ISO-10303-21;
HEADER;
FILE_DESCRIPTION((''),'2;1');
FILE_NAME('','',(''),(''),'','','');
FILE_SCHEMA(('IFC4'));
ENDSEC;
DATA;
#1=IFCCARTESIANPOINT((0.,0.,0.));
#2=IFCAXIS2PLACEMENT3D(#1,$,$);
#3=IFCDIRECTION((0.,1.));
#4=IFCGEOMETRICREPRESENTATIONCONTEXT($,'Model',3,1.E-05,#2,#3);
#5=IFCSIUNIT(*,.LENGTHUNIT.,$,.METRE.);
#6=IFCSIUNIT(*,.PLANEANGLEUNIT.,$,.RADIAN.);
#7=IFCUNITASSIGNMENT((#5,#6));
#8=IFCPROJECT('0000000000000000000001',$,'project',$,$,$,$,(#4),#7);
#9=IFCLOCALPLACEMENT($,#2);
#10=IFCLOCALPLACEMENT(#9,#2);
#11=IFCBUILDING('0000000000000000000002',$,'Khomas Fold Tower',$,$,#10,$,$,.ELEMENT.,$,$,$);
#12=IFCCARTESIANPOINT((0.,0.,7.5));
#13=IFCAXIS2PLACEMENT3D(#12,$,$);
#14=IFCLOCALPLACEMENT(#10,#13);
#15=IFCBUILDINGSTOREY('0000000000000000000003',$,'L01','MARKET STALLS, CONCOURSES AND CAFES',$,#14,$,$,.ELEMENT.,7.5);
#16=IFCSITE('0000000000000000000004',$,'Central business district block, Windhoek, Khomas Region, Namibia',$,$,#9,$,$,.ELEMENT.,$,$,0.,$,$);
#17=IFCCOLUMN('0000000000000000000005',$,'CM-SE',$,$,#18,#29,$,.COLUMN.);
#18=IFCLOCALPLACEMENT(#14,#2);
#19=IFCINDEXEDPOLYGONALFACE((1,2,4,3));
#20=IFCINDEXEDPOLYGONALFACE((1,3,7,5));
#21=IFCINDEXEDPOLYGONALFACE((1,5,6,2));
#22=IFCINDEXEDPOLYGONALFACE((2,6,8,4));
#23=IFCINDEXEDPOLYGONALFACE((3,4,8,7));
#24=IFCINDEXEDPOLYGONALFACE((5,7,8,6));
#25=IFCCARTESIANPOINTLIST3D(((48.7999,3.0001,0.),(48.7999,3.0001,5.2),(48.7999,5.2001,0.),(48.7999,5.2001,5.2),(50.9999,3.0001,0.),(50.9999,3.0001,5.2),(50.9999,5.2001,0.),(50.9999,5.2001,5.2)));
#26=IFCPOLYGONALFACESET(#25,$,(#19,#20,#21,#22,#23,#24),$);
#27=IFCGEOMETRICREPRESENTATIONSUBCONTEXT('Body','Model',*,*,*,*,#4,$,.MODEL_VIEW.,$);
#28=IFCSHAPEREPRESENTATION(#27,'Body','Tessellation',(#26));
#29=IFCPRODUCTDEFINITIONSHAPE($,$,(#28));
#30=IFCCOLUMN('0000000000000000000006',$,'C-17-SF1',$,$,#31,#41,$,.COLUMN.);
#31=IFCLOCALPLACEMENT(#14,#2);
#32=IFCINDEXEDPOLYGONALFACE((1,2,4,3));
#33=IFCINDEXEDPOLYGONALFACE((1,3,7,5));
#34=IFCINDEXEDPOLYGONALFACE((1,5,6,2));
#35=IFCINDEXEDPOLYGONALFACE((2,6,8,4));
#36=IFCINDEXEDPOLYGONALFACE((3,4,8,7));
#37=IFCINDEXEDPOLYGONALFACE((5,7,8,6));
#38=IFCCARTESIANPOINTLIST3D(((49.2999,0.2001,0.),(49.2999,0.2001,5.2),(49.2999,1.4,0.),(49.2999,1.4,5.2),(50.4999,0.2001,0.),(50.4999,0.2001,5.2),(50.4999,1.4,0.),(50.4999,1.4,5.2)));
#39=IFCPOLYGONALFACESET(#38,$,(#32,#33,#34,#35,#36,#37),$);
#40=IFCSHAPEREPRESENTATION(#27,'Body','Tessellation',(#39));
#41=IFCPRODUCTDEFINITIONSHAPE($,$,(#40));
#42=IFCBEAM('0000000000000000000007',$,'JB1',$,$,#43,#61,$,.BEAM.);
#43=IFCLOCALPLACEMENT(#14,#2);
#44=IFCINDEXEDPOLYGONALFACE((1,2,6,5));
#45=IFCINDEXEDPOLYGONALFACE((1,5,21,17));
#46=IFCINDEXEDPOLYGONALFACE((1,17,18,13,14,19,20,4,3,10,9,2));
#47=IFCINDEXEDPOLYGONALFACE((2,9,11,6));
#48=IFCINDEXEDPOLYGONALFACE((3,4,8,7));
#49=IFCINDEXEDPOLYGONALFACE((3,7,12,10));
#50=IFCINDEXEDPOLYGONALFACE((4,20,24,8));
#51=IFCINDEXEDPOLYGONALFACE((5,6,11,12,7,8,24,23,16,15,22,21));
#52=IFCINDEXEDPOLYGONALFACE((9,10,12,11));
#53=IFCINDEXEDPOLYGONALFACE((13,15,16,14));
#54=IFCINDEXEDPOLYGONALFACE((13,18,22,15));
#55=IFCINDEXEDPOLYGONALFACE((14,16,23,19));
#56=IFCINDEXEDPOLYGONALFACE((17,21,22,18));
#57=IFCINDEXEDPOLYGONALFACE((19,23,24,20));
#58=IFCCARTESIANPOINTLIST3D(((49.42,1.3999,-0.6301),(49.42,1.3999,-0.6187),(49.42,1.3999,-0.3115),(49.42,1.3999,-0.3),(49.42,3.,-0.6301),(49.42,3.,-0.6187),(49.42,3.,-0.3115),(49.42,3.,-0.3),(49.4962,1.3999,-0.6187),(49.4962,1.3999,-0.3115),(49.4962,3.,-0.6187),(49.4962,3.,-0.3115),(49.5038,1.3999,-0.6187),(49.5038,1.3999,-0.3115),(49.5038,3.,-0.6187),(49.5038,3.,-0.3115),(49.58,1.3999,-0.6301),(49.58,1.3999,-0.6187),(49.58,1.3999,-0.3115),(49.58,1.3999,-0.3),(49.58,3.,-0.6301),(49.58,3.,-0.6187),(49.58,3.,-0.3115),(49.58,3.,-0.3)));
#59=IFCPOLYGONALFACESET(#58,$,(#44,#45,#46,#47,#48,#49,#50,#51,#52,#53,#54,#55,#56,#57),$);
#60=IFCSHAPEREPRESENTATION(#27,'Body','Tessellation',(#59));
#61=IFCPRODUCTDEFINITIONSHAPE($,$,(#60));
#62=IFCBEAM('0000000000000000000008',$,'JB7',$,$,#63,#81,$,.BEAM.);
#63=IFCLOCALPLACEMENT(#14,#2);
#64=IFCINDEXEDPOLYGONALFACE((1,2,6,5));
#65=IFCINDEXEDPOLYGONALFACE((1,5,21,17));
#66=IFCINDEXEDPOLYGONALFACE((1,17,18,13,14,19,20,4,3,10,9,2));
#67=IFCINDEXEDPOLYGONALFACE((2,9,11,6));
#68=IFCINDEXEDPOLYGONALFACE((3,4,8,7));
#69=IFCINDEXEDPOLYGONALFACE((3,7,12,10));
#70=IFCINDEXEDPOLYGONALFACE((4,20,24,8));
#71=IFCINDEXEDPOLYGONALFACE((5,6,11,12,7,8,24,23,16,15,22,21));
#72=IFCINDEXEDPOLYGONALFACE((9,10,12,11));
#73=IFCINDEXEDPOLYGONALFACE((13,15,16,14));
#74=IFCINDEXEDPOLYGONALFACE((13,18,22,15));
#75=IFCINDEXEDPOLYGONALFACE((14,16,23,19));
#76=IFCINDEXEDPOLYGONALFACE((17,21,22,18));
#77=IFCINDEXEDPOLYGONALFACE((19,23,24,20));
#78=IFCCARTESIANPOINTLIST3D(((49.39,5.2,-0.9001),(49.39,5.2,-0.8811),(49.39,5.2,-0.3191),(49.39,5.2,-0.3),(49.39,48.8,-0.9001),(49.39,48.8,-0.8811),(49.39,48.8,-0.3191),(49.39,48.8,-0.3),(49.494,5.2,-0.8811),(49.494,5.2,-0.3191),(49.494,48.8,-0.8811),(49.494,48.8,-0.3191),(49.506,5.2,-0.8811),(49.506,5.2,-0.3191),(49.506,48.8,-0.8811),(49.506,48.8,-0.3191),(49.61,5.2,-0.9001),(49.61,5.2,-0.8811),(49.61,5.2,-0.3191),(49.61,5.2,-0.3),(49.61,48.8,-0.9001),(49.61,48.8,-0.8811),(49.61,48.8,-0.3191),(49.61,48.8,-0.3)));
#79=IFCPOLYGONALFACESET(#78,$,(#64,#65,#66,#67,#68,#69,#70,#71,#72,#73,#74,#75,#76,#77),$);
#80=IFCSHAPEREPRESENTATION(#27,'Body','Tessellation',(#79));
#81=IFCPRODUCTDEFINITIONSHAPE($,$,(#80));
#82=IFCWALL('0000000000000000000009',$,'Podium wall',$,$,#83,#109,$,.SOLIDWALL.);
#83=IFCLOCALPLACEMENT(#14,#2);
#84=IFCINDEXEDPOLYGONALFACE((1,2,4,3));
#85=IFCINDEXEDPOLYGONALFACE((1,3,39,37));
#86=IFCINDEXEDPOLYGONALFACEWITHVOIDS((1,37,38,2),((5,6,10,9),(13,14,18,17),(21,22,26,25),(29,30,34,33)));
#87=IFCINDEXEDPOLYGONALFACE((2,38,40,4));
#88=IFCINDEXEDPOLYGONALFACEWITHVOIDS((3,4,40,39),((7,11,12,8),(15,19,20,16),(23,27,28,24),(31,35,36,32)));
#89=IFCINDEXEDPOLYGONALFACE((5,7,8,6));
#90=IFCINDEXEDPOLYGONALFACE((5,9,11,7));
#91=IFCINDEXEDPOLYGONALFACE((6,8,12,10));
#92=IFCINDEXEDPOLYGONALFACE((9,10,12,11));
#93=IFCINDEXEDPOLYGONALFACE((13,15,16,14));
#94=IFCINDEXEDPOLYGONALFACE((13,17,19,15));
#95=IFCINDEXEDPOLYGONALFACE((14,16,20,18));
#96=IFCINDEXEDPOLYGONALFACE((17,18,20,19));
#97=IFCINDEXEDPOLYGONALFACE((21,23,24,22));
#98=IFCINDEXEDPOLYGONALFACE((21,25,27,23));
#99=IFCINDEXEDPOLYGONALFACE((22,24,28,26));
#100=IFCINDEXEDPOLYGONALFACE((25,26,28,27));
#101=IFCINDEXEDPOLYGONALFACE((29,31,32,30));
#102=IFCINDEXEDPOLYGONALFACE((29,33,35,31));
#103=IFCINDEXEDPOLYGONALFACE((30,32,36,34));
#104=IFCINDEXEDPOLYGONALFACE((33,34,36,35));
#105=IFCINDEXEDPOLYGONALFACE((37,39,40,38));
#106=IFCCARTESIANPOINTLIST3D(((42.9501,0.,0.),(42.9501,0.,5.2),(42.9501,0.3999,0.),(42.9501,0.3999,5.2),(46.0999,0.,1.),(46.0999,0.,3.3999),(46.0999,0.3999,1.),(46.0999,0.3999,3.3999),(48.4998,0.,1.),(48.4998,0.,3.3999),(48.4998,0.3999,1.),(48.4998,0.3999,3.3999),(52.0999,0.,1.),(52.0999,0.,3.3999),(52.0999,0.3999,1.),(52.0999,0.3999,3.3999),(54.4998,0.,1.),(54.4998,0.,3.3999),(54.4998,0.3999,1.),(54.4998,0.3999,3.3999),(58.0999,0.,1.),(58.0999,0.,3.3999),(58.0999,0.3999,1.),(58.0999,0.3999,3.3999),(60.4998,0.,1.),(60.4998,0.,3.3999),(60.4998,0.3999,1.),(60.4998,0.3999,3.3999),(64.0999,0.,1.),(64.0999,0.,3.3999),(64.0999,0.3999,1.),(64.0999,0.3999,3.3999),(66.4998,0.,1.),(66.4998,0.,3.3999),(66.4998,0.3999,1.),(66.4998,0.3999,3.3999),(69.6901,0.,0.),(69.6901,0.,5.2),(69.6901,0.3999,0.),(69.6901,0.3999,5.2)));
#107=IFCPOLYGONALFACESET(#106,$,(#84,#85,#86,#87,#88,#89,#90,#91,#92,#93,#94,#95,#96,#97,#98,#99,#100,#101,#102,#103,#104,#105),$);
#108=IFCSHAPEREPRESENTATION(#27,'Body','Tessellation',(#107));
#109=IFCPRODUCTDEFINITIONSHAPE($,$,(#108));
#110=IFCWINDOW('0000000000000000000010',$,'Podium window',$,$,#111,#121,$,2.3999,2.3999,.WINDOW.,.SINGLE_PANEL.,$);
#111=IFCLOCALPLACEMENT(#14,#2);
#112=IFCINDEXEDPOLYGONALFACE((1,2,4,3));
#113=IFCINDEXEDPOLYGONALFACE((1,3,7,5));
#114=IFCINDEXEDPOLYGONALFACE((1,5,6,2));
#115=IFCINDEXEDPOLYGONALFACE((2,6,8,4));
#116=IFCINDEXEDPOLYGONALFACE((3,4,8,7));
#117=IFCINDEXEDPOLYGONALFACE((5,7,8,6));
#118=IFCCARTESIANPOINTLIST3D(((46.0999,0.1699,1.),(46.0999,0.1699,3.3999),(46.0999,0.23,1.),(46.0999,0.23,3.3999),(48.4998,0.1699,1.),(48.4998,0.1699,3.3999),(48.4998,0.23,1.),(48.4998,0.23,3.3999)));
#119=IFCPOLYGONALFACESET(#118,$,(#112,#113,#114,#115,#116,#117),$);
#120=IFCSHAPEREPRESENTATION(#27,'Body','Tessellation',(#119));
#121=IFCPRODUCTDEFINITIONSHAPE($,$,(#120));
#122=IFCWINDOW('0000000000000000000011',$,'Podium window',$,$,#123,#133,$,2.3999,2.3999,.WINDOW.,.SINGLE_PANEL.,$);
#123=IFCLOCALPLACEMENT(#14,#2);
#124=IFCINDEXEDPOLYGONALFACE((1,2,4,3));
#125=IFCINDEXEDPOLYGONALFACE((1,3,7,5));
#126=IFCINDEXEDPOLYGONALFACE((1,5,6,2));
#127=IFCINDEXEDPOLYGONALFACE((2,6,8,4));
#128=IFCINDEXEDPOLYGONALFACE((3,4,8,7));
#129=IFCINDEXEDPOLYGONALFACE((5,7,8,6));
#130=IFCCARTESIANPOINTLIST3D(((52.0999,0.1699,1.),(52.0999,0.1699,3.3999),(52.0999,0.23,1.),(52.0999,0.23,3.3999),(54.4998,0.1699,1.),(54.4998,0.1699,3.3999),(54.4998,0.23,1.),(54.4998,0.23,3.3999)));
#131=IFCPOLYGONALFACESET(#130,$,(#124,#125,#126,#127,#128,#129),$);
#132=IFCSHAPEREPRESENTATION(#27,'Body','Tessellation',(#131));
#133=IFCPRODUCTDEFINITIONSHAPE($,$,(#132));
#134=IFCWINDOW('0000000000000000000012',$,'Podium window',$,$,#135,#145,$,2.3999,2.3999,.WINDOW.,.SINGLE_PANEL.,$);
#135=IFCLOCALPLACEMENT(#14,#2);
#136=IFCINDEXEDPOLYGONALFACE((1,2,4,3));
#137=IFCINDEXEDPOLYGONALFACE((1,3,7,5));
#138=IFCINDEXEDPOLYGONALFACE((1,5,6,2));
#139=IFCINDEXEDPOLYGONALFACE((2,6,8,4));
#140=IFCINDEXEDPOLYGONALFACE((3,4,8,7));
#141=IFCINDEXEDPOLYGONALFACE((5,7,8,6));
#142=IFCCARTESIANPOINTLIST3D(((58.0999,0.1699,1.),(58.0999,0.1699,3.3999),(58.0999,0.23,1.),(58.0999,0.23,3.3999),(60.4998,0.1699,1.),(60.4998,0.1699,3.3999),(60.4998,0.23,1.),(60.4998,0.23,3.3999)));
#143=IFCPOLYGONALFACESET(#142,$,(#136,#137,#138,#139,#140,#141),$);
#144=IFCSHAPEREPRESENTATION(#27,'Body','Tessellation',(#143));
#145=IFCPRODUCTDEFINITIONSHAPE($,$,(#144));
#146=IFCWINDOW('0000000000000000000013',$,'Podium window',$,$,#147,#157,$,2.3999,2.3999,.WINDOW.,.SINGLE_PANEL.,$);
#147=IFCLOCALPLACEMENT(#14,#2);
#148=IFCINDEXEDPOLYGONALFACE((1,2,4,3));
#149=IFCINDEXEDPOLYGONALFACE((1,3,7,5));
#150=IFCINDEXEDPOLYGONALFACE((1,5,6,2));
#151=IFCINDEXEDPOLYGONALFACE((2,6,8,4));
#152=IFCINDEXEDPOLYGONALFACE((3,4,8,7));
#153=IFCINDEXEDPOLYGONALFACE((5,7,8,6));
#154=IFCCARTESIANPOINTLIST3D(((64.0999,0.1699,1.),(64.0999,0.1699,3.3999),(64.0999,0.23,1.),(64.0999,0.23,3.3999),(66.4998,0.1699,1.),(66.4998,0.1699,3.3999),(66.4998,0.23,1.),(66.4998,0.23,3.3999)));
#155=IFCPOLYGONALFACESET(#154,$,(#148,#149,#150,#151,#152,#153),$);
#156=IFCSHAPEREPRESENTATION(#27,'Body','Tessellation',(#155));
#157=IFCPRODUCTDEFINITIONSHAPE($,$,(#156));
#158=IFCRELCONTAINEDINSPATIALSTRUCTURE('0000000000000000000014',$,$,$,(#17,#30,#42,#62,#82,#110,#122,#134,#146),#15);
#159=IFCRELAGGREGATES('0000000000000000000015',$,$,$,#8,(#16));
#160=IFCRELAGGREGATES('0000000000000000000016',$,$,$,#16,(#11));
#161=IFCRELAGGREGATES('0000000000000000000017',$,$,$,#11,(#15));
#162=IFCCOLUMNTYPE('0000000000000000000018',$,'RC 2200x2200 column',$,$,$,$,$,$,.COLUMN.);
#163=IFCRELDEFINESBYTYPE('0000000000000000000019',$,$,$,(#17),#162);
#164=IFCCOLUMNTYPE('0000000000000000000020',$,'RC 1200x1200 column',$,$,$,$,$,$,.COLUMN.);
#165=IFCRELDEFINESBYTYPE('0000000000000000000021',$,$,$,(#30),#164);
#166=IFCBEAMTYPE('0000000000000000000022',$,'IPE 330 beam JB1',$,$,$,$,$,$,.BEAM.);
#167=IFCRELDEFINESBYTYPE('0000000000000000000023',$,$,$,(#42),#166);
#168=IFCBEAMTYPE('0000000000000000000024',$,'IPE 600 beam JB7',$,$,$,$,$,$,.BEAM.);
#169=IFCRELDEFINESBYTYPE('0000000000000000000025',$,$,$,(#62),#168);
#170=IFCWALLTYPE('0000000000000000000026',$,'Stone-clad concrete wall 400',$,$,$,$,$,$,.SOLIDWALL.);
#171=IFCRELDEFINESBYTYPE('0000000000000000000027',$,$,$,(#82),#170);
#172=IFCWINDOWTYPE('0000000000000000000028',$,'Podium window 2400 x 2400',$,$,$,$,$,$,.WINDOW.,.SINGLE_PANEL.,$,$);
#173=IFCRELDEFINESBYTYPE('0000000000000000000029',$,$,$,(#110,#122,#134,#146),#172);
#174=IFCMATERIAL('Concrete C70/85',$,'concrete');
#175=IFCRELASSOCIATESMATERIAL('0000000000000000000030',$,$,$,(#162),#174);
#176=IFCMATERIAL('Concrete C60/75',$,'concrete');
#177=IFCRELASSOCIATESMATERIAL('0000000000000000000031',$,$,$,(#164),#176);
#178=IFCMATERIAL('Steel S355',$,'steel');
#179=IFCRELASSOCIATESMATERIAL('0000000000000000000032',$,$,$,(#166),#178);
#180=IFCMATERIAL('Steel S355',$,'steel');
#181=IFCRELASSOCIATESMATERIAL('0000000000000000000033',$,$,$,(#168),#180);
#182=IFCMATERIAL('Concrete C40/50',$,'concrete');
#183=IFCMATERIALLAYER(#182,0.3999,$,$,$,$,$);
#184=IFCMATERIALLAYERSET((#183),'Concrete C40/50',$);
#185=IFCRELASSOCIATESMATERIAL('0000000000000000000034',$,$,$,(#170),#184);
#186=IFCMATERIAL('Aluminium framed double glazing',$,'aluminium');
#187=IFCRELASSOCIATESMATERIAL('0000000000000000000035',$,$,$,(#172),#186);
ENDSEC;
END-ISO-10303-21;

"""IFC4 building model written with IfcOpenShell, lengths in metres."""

from ifc_helpers import new_model, si_unit, direction, frame, frame_2d, origin, origin_2d, place, context, subcontext, project, spatial, rectangle, i_section, extrude, source, transform, mapped, material, layer, layer_set, material_profile, profile_set, type_object, element, fill, save


model = new_model("IFC4")

# Units and contexts
model_context = context("Model", 3, precision=1e-05, world=origin(), true_north=direction((0.0, 1.0)))
body_context = subcontext(model_context, "Body", "Model", "MODEL_VIEW")
ifc_project = project(units=[si_unit("LENGTHUNIT", "METRE"), si_unit("PLANEANGLEUNIT", "RADIAN")], contexts=[model_context])

# Site, building, storey
site_placement = place(None, origin())
site = spatial("IfcSite", under=ifc_project, at=site_placement, Name="Central business district block, Windhoek, Khomas Region, Namibia", CompositionType="ELEMENT", RefElevation=0.0)
building_placement = place(site_placement, origin())
building = spatial("IfcBuilding", under=site, at=building_placement, Name="Khomas Fold Tower", CompositionType="ELEMENT")
storey_placement = place(building_placement, frame((0.0, 0.0, 7.5)))
storey = spatial("IfcBuildingStorey", under=building, at=storey_placement, Name="L01", Description="MARKET STALLS, CONCOURSES AND CAFES", CompositionType="ELEMENT", Elevation=7.5)

# Columns
ifc_material_1 = material(Name="Concrete C70/85", Category="concrete")
ifc_material_profile_1 = material_profile(ifc_material_1, rectangle(XDim=2.2, YDim=2.2, at=origin_2d()), Name="RC 2200x2200")
ifc_profile_set_1 = profile_set([ifc_material_profile_1], Name="Concrete C70/85")
column_type_1 = type_object("IfcColumnType", Name="RC 2200x2200 column", PredefinedType="COLUMN", material=ifc_profile_set_1)
shared_shape_1 = source(origin(), body_context, "Body", "SweptSolid", [
    extrude(rectangle(XDim=2.2, YDim=2.2, at=origin_2d()), origin(), (0.0, 0.0, 1.0), 5.2),
])
column_1_placement = place(storey_placement, frame((49.8999, 4.1001, 0.0), z_axis=(0.0, 0.0, 1.0), x_axis=(1.0, 0.0, 0.0)))
element("IfcColumn", 1, at=column_1_placement, inside=storey, type_object=column_type_1, Name="CM-SE", PredefinedType="COLUMN", context=body_context, shape_type="MappedRepresentation", body=[
    mapped(shared_shape_1, transform((0.0, 0.0, 0.0))),
])
ifc_material_2 = material(Name="Concrete C60/75", Category="concrete")
ifc_material_profile_2 = material_profile(ifc_material_2, rectangle(XDim=1.2, YDim=1.2, at=origin_2d()), Name="RC 1200x1200")
ifc_profile_set_2 = profile_set([ifc_material_profile_2], Name="Concrete C60/75")
column_type_2 = type_object("IfcColumnType", Name="RC 1200x1200 column", PredefinedType="COLUMN", material=ifc_profile_set_2)
shared_shape_2 = source(origin(), body_context, "Body", "SweptSolid", [
    extrude(rectangle(XDim=1.2, YDim=1.2, at=origin_2d()), origin(), (0.0, 0.0, 1.0), 5.2),
])
column_2_placement = place(storey_placement, frame((49.8999, 0.8, 0.0), z_axis=(0.0, 0.0, 1.0), x_axis=(1.0, 0.0, 0.0)))
element("IfcColumn", 2, at=column_2_placement, inside=storey, type_object=column_type_2, Name="C-17-SF1", PredefinedType="COLUMN", context=body_context, shape_type="MappedRepresentation", body=[
    mapped(shared_shape_2, transform((0.0, 0.0, 0.0))),
])

# Beams
ifc_material_3 = material(Name="Steel S355", Category="steel")
ifc_material_profile_3 = material_profile(ifc_material_3, i_section(OverallWidth=0.1599, OverallDepth=0.3301, WebThickness=0.0076, FlangeThickness=0.0115, at=origin_2d()), Name="IPE 330")
ifc_profile_set_3 = profile_set([ifc_material_profile_3], Name="Steel S355")
beam_type_1 = type_object("IfcBeamType", Name="IPE 330 beam JB1", PredefinedType="BEAM", material=ifc_profile_set_3)
shared_shape_3 = source(origin(), body_context, "Body", "SweptSolid", [
    extrude(i_section(OverallWidth=0.1599, OverallDepth=0.3301, WebThickness=0.0076, FlangeThickness=0.0115, at=origin_2d()), origin(), (0.0, 0.0, 1.0), 1.6001),
])
beam_1_placement = place(storey_placement, frame((49.5, 1.3999, -0.4651), z_axis=(0.0, 1.0, 0.0), x_axis=(-1.0, 0.0, 0.0)))
element("IfcBeam", 3, at=beam_1_placement, inside=storey, type_object=beam_type_1, Name="JB1", PredefinedType="BEAM", context=body_context, shape_type="MappedRepresentation", body=[
    mapped(shared_shape_3, transform((0.0, 0.0, 0.0))),
])
ifc_material_4 = material(Name="Steel S355", Category="steel")
ifc_material_profile_4 = material_profile(ifc_material_4, i_section(OverallWidth=0.22, OverallDepth=0.6001, WebThickness=0.012, FlangeThickness=0.019, at=origin_2d()), Name="IPE 600")
ifc_profile_set_4 = profile_set([ifc_material_profile_4], Name="Steel S355")
beam_type_2 = type_object("IfcBeamType", Name="IPE 600 beam JB7", PredefinedType="BEAM", material=ifc_profile_set_4)
shared_shape_4 = source(origin(), body_context, "Body", "SweptSolid", [
    extrude(i_section(OverallWidth=0.22, OverallDepth=0.6001, WebThickness=0.012, FlangeThickness=0.019, at=origin_2d()), origin(), (0.0, 0.0, 1.0), 43.6001),
])
beam_2_placement = place(storey_placement, frame((49.5, 5.2, -0.6001), z_axis=(0.0, 1.0, 0.0), x_axis=(-1.0, 0.0, 0.0)))
element("IfcBeam", 4, at=beam_2_placement, inside=storey, type_object=beam_type_2, Name="JB7", PredefinedType="BEAM", context=body_context, shape_type="MappedRepresentation", body=[
    mapped(shared_shape_4, transform((0.0, 0.0, 0.0))),
])

# Wall, openings, windows
ifc_material_5 = material(Name="Concrete C40/50", Category="concrete")
ifc_layer_1 = layer(ifc_material_5, 0.3999)
ifc_layer_set_1 = layer_set([ifc_layer_1], Name="Concrete C40/50")
wall_type_1 = type_object("IfcWallType", Name="Stone-clad concrete wall 400", PredefinedType="SOLIDWALL", material=ifc_layer_set_1)
shared_shape_5 = source(origin(), body_context, "Body", "SweptSolid", [
    extrude(rectangle(XDim=26.74, YDim=0.3999, at=frame_2d((13.3701, 0.0))), origin(), (0.0, 0.0, 1.0), 5.2),
])
wall_1_placement = place(storey_placement, frame((42.95, 0.2, 0.0), z_axis=(0.0, 0.0, 1.0), x_axis=(1.0, 0.0, 0.0)))
wall_1 = element("IfcWall", 5, at=wall_1_placement, inside=storey, type_object=wall_type_1, Name="Podium wall", PredefinedType="SOLIDWALL", context=body_context, shape_type="MappedRepresentation", body=[
    mapped(shared_shape_5, transform((0.0, 0.0, 0.0))),
])
shared_shape_6 = source(origin(), body_context, "Body", "SweptSolid", [
    extrude(rectangle(XDim=2.3999, YDim=2.3999, at=frame_2d((1.2, 1.2))), frame((0.0, 0.21, 0.0), z_axis=(0.0, -1.0, 0.0), x_axis=(1.0, 0.0, 0.0)), (0.0, 0.0, 1.0), 0.4199),
])
opening_1_placement = place(wall_1_placement, frame((3.1499, 0.0, 1.0)))
opening_1 = element("IfcOpeningElement", 6, at=opening_1_placement, cuts=wall_1, PredefinedType="OPENING", context=body_context, shape_type="MappedRepresentation", body=[
    mapped(shared_shape_6, transform((0.0, 0.0, 0.0))),
])
opening_2_placement = place(wall_1_placement, frame((9.1499, 0.0, 1.0)))
opening_2 = element("IfcOpeningElement", 7, at=opening_2_placement, cuts=wall_1, PredefinedType="OPENING", context=body_context, shape_type="MappedRepresentation", body=[
    mapped(shared_shape_6, transform((0.0, 0.0, 0.0))),
])
opening_3_placement = place(wall_1_placement, frame((15.1499, 0.0, 1.0)))
opening_3 = element("IfcOpeningElement", 8, at=opening_3_placement, cuts=wall_1, PredefinedType="OPENING", context=body_context, shape_type="MappedRepresentation", body=[
    mapped(shared_shape_6, transform((0.0, 0.0, 0.0))),
])
opening_4_placement = place(wall_1_placement, frame((21.1499, 0.0, 1.0)))
opening_4 = element("IfcOpeningElement", 9, at=opening_4_placement, cuts=wall_1, PredefinedType="OPENING", context=body_context, shape_type="MappedRepresentation", body=[
    mapped(shared_shape_6, transform((0.0, 0.0, 0.0))),
])
ifc_material_6 = material(Name="Aluminium framed double glazing", Category="aluminium")
window_type = type_object("IfcWindowType", Name="Podium window 2400 x 2400", PartitioningType="SINGLE_PANEL", PredefinedType="WINDOW", material=ifc_material_6)
shared_shape_7 = source(origin(), body_context, "Body", "SweptSolid", [
    extrude(rectangle(XDim=2.3999, YDim=2.3999, at=frame_2d((1.2, 1.2))), frame((0.0, 0.03, 0.0), z_axis=(0.0, -1.0, 0.0), x_axis=(1.0, 0.0, 0.0)), (0.0, 0.0, 1.0), 0.0601),
])
window_1_placement = place(opening_1_placement, origin())
window_1 = element("IfcWindow", 10, at=window_1_placement, inside=storey, type_object=window_type, Name="Podium window", OverallHeight=2.3999, OverallWidth=2.3999, PartitioningType="SINGLE_PANEL", PredefinedType="WINDOW", context=body_context, shape_type="MappedRepresentation", body=[
    mapped(shared_shape_7, transform((0.0, 0.0, 0.0))),
])
fill(opening_1, window_1)
window_2_placement = place(opening_2_placement, origin())
window_2 = element("IfcWindow", 11, at=window_2_placement, inside=storey, type_object=window_type, Name="Podium window", OverallHeight=2.3999, OverallWidth=2.3999, PartitioningType="SINGLE_PANEL", PredefinedType="WINDOW", context=body_context, shape_type="MappedRepresentation", body=[
    mapped(shared_shape_7, transform((0.0, 0.0, 0.0))),
])
fill(opening_2, window_2)
window_3_placement = place(opening_3_placement, origin())
window_3 = element("IfcWindow", 12, at=window_3_placement, inside=storey, type_object=window_type, Name="Podium window", OverallHeight=2.3999, OverallWidth=2.3999, PartitioningType="SINGLE_PANEL", PredefinedType="WINDOW", context=body_context, shape_type="MappedRepresentation", body=[
    mapped(shared_shape_7, transform((0.0, 0.0, 0.0))),
])
fill(opening_3, window_3)
window_4_placement = place(opening_4_placement, origin())
window_4 = element("IfcWindow", 13, at=window_4_placement, inside=storey, type_object=window_type, Name="Podium window", OverallHeight=2.3999, OverallWidth=2.3999, PartitioningType="SINGLE_PANEL", PredefinedType="WINDOW", context=body_context, shape_type="MappedRepresentation", body=[
    mapped(shared_shape_7, transform((0.0, 0.0, 0.0))),
])
fill(opening_4, window_4)

save(model, "model.ifc")
